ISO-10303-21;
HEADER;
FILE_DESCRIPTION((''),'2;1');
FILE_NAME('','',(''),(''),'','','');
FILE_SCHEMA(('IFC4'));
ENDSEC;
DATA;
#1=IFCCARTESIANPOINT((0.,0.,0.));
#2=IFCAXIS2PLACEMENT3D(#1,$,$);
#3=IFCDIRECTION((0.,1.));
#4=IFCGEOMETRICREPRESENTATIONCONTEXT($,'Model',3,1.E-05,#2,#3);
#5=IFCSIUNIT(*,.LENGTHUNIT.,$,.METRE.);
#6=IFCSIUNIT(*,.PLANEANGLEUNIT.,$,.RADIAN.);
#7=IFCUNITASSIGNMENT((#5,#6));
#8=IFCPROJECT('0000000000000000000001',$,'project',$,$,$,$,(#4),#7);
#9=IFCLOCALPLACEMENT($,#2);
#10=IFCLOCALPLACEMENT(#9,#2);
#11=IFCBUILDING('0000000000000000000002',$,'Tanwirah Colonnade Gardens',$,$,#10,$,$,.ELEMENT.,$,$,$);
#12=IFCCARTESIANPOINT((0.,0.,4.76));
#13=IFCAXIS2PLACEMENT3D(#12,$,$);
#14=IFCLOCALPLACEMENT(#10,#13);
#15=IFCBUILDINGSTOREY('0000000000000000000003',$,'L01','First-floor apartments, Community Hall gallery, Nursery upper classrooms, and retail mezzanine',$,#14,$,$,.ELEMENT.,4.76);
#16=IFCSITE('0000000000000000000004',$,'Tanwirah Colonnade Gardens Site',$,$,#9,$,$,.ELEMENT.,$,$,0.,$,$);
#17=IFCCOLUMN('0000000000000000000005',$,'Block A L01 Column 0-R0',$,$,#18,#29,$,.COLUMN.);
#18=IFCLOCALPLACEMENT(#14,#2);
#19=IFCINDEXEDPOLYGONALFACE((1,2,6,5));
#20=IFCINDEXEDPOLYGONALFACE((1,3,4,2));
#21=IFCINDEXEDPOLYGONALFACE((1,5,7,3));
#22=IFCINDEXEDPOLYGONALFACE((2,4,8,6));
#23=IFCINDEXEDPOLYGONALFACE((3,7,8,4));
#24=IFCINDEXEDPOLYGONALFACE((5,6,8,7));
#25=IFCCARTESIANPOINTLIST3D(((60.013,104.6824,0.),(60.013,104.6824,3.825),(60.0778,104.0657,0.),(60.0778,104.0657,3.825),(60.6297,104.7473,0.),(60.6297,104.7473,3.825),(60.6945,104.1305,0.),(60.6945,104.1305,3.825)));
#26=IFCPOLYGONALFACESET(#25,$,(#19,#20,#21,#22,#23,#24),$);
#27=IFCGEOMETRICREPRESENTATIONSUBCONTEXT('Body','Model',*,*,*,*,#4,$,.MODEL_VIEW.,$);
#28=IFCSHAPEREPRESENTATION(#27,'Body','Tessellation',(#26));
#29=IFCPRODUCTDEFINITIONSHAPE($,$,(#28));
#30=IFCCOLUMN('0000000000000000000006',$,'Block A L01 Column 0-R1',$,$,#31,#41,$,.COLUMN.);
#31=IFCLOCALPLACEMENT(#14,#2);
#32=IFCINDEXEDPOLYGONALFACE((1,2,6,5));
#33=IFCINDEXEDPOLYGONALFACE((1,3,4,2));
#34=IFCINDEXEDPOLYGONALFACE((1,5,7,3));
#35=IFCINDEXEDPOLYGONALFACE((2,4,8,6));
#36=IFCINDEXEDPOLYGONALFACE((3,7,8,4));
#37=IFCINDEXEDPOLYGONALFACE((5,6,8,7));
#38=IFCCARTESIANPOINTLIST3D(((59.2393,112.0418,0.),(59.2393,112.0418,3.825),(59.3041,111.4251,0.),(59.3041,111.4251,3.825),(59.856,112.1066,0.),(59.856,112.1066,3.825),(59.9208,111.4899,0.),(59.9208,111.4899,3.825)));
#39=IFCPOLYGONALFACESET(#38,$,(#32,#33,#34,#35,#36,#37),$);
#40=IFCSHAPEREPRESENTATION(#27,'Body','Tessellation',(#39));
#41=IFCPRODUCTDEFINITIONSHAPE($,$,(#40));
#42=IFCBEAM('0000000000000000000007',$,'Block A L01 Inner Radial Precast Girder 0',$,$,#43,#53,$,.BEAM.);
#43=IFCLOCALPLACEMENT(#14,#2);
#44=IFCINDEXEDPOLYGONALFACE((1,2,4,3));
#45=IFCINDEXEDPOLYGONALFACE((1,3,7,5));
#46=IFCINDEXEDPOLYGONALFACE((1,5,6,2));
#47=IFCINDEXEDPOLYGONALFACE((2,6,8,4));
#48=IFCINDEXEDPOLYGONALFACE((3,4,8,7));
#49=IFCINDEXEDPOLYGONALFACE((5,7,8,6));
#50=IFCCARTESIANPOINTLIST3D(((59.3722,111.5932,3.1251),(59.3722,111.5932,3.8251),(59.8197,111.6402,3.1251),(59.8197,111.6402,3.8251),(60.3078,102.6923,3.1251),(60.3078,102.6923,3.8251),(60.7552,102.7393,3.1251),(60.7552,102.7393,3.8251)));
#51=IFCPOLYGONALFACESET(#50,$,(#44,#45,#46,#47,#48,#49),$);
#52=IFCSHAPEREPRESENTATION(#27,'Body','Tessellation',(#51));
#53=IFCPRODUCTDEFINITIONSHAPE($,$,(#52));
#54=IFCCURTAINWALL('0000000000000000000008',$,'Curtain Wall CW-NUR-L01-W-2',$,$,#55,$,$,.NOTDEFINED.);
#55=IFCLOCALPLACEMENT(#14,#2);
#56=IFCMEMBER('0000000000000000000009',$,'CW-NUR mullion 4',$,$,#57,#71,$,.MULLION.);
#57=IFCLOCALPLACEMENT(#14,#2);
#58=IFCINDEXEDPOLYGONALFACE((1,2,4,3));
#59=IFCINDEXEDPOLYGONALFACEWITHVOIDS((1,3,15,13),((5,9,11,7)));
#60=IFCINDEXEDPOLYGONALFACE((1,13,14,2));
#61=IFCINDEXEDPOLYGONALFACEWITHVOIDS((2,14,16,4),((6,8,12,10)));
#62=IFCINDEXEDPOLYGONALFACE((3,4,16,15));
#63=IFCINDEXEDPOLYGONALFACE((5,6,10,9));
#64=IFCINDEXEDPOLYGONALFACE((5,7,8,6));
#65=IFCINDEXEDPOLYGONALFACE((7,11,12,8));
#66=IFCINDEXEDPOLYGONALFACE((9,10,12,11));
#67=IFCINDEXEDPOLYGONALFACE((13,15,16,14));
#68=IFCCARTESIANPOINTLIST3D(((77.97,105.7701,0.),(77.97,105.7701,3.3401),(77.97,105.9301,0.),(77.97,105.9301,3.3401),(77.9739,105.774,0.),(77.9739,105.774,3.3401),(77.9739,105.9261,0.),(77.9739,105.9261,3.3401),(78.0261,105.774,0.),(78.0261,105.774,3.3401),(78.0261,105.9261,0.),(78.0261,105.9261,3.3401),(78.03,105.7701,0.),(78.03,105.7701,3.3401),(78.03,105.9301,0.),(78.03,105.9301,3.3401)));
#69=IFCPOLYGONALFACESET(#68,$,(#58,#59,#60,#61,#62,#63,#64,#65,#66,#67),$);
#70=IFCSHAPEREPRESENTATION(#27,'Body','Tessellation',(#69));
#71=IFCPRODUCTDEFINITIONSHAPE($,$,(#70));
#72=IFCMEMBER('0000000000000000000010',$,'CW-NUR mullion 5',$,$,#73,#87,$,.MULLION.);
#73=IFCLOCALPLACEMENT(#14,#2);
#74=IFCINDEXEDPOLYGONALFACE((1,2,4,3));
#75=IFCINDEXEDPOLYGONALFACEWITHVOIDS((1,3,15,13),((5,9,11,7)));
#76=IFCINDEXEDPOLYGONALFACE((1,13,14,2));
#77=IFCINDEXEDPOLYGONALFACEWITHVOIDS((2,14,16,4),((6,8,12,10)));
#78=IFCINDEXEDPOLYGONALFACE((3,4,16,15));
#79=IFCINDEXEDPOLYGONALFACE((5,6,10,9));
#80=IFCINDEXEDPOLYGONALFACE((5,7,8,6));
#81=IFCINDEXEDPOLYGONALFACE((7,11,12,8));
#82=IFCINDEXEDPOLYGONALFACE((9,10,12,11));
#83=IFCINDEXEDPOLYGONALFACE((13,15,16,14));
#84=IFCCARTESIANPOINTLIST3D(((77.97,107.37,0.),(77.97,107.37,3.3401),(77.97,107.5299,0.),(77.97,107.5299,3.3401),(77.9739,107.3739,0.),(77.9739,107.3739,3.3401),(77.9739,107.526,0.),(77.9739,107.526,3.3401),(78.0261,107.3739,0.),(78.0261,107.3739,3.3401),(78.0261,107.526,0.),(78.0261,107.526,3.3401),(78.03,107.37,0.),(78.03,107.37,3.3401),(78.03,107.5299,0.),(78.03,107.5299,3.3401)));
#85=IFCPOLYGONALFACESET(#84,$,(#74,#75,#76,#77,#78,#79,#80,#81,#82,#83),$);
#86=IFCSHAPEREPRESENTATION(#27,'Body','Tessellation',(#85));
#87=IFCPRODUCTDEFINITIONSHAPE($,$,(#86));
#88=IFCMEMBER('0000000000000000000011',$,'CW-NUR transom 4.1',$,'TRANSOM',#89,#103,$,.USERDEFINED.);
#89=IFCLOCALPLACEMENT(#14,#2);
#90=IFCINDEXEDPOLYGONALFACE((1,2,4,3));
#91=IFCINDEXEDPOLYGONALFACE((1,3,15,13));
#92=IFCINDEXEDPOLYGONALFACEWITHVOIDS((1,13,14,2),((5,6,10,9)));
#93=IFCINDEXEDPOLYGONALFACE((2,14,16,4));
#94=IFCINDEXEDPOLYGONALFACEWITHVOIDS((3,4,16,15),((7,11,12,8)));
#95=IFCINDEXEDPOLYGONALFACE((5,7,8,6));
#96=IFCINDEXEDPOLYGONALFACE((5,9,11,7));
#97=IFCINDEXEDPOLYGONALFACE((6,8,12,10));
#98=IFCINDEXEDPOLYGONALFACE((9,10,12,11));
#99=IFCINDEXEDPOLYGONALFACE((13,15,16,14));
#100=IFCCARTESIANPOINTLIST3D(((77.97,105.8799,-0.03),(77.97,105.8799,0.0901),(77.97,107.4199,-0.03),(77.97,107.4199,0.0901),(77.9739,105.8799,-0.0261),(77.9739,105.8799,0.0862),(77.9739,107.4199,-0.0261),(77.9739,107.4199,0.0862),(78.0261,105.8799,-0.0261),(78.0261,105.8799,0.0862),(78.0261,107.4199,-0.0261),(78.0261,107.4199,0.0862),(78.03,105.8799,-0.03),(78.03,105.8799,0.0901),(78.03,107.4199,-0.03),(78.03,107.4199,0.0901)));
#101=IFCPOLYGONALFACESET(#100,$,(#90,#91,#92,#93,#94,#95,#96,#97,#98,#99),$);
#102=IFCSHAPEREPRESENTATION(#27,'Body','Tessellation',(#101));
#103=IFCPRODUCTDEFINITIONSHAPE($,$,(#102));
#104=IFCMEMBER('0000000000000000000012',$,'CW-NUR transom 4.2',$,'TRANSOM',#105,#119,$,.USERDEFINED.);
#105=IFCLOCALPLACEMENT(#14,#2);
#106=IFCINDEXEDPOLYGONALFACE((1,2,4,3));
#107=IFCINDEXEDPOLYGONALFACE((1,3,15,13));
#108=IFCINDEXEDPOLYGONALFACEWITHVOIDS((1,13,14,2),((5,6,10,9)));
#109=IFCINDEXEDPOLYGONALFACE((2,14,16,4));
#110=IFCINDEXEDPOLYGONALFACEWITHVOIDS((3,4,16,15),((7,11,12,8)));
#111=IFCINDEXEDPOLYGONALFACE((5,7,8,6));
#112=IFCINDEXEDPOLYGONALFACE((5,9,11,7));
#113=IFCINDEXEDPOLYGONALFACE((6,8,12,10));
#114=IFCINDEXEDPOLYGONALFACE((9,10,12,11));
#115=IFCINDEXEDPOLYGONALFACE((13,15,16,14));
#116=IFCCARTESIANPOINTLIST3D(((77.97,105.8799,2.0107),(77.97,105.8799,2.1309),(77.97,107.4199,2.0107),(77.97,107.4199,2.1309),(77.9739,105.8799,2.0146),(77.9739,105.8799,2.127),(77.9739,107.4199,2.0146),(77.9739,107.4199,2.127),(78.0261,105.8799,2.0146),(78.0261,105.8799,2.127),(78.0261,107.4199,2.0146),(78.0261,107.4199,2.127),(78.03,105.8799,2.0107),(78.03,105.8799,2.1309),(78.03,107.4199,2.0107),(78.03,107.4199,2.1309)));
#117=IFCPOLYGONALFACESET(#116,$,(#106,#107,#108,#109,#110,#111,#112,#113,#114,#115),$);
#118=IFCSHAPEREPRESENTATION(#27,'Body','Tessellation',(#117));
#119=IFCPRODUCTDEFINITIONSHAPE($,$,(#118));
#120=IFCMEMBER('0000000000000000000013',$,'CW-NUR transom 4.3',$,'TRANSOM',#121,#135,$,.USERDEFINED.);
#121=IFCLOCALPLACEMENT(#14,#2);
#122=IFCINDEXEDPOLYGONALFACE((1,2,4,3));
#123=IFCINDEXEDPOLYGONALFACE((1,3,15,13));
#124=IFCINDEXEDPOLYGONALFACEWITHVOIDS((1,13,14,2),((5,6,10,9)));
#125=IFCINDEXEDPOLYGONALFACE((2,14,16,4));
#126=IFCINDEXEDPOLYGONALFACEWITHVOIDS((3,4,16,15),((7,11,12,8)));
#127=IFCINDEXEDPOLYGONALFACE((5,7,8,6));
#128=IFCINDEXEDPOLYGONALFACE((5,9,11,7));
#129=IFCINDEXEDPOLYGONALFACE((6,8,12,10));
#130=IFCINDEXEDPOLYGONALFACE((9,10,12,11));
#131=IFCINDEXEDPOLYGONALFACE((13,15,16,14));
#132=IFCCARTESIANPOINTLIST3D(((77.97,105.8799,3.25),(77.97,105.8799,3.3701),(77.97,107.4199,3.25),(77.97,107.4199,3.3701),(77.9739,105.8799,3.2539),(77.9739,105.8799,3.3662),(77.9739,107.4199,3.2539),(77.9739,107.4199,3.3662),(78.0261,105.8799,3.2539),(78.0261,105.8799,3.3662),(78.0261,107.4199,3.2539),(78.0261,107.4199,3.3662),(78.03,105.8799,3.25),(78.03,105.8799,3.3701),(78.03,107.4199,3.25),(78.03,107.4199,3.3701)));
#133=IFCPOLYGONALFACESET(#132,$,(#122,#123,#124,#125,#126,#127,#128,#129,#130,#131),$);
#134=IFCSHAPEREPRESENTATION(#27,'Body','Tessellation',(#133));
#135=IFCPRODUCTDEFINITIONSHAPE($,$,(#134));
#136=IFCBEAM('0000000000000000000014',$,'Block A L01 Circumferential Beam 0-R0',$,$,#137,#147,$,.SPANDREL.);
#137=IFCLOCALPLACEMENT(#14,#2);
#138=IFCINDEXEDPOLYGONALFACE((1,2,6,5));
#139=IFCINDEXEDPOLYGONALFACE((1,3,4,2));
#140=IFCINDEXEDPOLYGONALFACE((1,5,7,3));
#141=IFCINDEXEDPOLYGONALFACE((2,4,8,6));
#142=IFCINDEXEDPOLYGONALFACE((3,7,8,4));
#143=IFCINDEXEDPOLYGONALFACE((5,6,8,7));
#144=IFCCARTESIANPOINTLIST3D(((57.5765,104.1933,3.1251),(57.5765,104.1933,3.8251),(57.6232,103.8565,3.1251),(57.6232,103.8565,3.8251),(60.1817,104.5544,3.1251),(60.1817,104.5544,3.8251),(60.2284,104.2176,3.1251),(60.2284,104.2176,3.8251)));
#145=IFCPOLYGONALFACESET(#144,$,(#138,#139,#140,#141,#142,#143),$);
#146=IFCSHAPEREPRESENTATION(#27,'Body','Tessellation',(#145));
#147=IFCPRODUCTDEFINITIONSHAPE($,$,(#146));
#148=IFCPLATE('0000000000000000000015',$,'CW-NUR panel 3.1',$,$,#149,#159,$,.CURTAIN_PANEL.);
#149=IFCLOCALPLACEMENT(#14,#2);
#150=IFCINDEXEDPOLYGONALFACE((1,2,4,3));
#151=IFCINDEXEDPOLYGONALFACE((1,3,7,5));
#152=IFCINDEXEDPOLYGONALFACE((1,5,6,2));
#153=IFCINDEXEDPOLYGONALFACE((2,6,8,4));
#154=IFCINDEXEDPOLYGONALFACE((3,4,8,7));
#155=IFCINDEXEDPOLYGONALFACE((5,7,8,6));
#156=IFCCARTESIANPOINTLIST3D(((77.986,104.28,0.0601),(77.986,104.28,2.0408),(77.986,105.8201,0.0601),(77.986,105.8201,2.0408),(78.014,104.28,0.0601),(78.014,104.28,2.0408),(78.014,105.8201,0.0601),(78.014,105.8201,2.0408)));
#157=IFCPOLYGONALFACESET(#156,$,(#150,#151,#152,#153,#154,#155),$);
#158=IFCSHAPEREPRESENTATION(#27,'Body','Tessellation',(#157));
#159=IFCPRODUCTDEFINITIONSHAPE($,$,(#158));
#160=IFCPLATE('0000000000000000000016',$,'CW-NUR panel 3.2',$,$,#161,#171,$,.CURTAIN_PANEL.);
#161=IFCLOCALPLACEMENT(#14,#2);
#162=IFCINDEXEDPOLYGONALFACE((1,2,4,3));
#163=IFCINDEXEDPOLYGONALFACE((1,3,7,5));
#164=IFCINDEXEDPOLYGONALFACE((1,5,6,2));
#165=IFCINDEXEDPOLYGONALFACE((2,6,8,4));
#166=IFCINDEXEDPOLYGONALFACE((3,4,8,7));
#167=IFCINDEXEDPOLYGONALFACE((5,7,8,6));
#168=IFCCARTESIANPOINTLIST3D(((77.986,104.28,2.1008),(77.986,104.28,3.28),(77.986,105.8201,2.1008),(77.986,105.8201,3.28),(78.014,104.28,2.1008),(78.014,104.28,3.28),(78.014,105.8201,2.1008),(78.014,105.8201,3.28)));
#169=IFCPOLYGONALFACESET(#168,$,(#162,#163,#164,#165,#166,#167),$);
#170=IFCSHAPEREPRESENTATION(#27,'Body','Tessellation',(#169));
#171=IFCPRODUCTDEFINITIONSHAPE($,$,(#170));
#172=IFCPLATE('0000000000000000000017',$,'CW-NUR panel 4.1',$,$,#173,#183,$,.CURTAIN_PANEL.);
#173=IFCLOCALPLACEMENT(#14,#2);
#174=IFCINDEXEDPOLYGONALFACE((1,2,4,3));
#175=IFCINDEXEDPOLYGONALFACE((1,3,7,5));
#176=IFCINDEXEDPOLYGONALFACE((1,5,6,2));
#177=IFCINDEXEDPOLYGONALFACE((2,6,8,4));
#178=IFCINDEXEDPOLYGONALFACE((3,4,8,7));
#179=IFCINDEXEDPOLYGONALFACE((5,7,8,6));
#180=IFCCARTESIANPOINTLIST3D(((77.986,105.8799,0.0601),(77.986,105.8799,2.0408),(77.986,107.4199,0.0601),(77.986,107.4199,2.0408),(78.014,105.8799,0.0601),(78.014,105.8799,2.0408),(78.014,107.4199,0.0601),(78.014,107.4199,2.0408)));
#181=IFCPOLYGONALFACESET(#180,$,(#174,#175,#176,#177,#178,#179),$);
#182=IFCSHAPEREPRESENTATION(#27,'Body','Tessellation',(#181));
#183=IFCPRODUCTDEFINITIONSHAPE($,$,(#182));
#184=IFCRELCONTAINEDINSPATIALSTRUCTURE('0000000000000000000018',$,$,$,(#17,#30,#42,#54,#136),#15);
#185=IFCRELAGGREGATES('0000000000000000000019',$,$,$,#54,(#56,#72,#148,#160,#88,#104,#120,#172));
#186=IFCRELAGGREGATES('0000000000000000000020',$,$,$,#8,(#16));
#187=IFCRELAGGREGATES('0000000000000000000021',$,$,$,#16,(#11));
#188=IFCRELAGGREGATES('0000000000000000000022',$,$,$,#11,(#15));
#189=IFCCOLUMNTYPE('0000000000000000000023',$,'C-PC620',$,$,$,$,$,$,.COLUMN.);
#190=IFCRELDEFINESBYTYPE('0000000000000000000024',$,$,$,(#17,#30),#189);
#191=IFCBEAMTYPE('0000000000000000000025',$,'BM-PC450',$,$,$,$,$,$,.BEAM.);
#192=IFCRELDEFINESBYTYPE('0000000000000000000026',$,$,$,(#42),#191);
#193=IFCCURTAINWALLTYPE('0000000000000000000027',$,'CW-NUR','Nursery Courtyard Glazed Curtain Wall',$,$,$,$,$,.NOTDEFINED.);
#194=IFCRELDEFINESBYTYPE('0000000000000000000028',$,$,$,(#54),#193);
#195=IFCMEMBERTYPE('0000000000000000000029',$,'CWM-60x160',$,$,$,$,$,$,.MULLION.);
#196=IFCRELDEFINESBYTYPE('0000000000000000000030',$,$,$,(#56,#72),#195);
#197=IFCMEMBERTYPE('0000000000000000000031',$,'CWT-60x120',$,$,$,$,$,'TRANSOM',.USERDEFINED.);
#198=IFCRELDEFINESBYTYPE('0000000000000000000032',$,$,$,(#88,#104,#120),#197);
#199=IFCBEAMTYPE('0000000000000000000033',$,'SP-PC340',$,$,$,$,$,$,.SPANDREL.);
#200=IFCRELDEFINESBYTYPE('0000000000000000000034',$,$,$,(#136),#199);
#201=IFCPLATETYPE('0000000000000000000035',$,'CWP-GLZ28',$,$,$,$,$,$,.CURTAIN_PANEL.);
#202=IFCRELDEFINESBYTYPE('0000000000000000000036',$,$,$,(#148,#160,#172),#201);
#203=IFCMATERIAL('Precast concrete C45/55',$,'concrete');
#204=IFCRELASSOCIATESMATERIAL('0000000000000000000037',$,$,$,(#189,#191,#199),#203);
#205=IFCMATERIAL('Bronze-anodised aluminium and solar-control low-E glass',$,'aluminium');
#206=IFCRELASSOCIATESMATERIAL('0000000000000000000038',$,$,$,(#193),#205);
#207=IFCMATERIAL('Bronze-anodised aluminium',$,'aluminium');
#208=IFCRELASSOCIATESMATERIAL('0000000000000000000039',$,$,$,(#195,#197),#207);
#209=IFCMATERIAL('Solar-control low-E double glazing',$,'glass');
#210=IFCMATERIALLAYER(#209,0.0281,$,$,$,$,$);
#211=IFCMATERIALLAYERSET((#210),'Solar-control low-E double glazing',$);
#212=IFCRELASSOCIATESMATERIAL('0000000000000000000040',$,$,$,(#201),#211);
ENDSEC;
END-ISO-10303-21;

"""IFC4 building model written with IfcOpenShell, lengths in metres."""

from ifc_helpers import new_model, si_unit, direction, frame, origin, origin_2d, place, context, subcontext, project, spatial, rectangle, hollow_rectangle, extrude, material, layer, layer_set, material_profile, profile_set, type_object, element, aggregate, save


model = new_model("IFC4")

# Units and contexts
model_context = context("Model", 3, precision=1e-05, world=origin(), true_north=direction((0.0, 1.0)))
body_context = subcontext(model_context, "Body", "Model", "MODEL_VIEW")
ifc_project = project(units=[si_unit("LENGTHUNIT", "METRE"), si_unit("PLANEANGLEUNIT", "RADIAN")], contexts=[model_context])

# Site, building, storey
site_placement = place(None, origin())
site = spatial("IfcSite", under=ifc_project, at=site_placement, Name="Tanwirah Colonnade Gardens Site", CompositionType="ELEMENT", RefElevation=0.0)
building_placement = place(site_placement, origin())
building = spatial("IfcBuilding", under=site, at=building_placement, Name="Tanwirah Colonnade Gardens", CompositionType="ELEMENT")
storey_placement = place(building_placement, frame((0.0, 0.0, 4.76)))
storey = spatial("IfcBuildingStorey", under=building, at=storey_placement, Name="L01", Description="First-floor apartments, Community Hall gallery, Nursery upper classrooms, and retail mezzanine", CompositionType="ELEMENT", Elevation=4.76)

# Columns
ifc_material_1 = material(Name="Precast concrete C45/55", Category="concrete")
ifc_material_profile_1 = material_profile(ifc_material_1, rectangle(XDim=0.6201, YDim=0.6201, at=origin_2d()), Name="PC-COL 620x620")
ifc_profile_set_1 = profile_set([ifc_material_profile_1], Name="Precast concrete C45/55")
column_type = type_object("IfcColumnType", Name="C-PC620", PredefinedType="COLUMN", material=ifc_profile_set_1)
for number, where, z_axis, x_axis, name in (
    (1, (60.3538, 104.4065, 0.0), (0.0, 0.0, 1.0), (-0.104528, 0.994522, 0.0), "Block A L01 Column 0-R0"),
    (2, (59.5801, 111.7659, 0.0), (0.0, 0.0, 1.0), (-0.104528, 0.994522, 0.0), "Block A L01 Column 0-R1"),
):
    element("IfcColumn", number, at=place(storey_placement, frame(where, z_axis=z_axis, x_axis=x_axis)), inside=storey, type_object=column_type, Name=name, PredefinedType="COLUMN", context=body_context, shape_type="SweptSolid", body=[
        extrude(rectangle(XDim=0.6201, YDim=0.6201, at=origin_2d()), origin(), (0.0, 0.0, 1.0), 3.825),
    ])

# Beam
ifc_material_profile_2 = material_profile(ifc_material_1, rectangle(XDim=0.45, YDim=0.7, at=origin_2d()), Name="PC-BM 450x700")
ifc_profile_set_2 = profile_set([ifc_material_profile_2], Name="Precast concrete C45/55")
beam_type_1 = type_object("IfcBeamType", Name="BM-PC450", PredefinedType="BEAM", material=ifc_profile_set_2)
beam_1_placement = place(storey_placement, frame((59.5959, 111.6167, 3.4751), z_axis=(0.104531, -0.994522, 0.0), x_axis=(0.994522, 0.104531, 0.0)))
element("IfcBeam", 3, at=beam_1_placement, inside=storey, type_object=beam_type_1, Name="Block A L01 Inner Radial Precast Girder 0", PredefinedType="BEAM", context=body_context, shape_type="SweptSolid", body=[
    extrude(rectangle(XDim=0.45, YDim=0.7, at=origin_2d()), origin(), (0.0, 0.0, 1.0), 8.95),
])

# Curtain wall, members
ifc_material_2 = material(Name="Bronze-anodised aluminium and solar-control low-E glass", Category="aluminium")
curtain_wall_type = type_object("IfcCurtainWallType", Name="CW-NUR", Description="Nursery Courtyard Glazed Curtain Wall", PredefinedType="NOTDEFINED", material=ifc_material_2)
curtain_wall_placement = place(storey_placement, origin())
curtain_wall = element("IfcCurtainWall", 4, at=curtain_wall_placement, inside=storey, type_object=curtain_wall_type, Name="Curtain Wall CW-NUR-L01-W-2", PredefinedType="NOTDEFINED")
ifc_material_3 = material(Name="Bronze-anodised aluminium", Category="aluminium")
ifc_material_profile_3 = material_profile(ifc_material_3, hollow_rectangle(XDim=0.0601, YDim=0.1599, WallThickness=0.0039, at=origin_2d()), Name="CW-MUL 60x160x4")
ifc_profile_set_3 = profile_set([ifc_material_profile_3], Name="Bronze-anodised aluminium")
member_type_1 = type_object("IfcMemberType", Name="CWM-60x160", PredefinedType="MULLION", material=ifc_profile_set_3)
member_1_placement = place(storey_placement, frame((78.0, 105.8501, 0.0), z_axis=(0.0, 0.0, 1.0), x_axis=(-1.0, 0.0, 0.0)))
member_1 = element("IfcMember", 5, at=member_1_placement, type_object=member_type_1, Name="CW-NUR mullion 4", PredefinedType="MULLION", context=body_context, shape_type="SweptSolid", body=[
    extrude(hollow_rectangle(XDim=0.0601, YDim=0.1599, WallThickness=0.0039, at=origin_2d()), origin(), (0.0, 0.0, 1.0), 3.3401),
])
member_2_placement = place(storey_placement, frame((78.0, 107.45, 0.0), z_axis=(0.0, 0.0, 1.0), x_axis=(-1.0, 0.0, 0.0)))
member_2 = element("IfcMember", 6, at=member_2_placement, type_object=member_type_1, Name="CW-NUR mullion 5", PredefinedType="MULLION", context=body_context, shape_type="SweptSolid", body=[
    extrude(hollow_rectangle(XDim=0.0601, YDim=0.1599, WallThickness=0.0039, at=origin_2d()), origin(), (0.0, 0.0, 1.0), 3.3401),
])
ifc_material_profile_4 = material_profile(ifc_material_3, hollow_rectangle(XDim=0.0601, YDim=0.1201, WallThickness=0.0039, at=origin_2d()), Name="CW-TRN 60x120x4")
ifc_profile_set_4 = profile_set([ifc_material_profile_4], Name="Bronze-anodised aluminium")
member_type_2 = type_object("IfcMemberType", Name="CWT-60x120", ElementType="TRANSOM", PredefinedType="USERDEFINED", material=ifc_profile_set_4)
member_3_placement = place(storey_placement, frame((78.0, 105.8799, 0.03), z_axis=(0.0, 1.0, 0.0), x_axis=(-1.0, 0.0, 0.0)))
member_3 = element("IfcMember", 7, at=member_3_placement, type_object=member_type_2, Name="CW-NUR transom 4.1", ObjectType="TRANSOM", PredefinedType="USERDEFINED", context=body_context, shape_type="SweptSolid", body=[
    extrude(hollow_rectangle(XDim=0.0601, YDim=0.1201, WallThickness=0.0039, at=origin_2d()), origin(), (0.0, 0.0, 1.0), 1.54),
])
member_4_placement = place(storey_placement, frame((78.0, 105.8799, 2.0708), z_axis=(0.0, 1.0, 0.0), x_axis=(-1.0, 0.0, 0.0)))
member_4 = element("IfcMember", 8, at=member_4_placement, type_object=member_type_2, Name="CW-NUR transom 4.2", ObjectType="TRANSOM", PredefinedType="USERDEFINED", context=body_context, shape_type="SweptSolid", body=[
    extrude(hollow_rectangle(XDim=0.0601, YDim=0.1201, WallThickness=0.0039, at=origin_2d()), origin(), (0.0, 0.0, 1.0), 1.54),
])
member_5_placement = place(storey_placement, frame((78.0, 105.8799, 3.3101), z_axis=(0.0, 1.0, 0.0), x_axis=(-1.0, 0.0, 0.0)))
member_5 = element("IfcMember", 9, at=member_5_placement, type_object=member_type_2, Name="CW-NUR transom 4.3", ObjectType="TRANSOM", PredefinedType="USERDEFINED", context=body_context, shape_type="SweptSolid", body=[
    extrude(hollow_rectangle(XDim=0.0601, YDim=0.1201, WallThickness=0.0039, at=origin_2d()), origin(), (0.0, 0.0, 1.0), 1.54),
])

# Beam
ifc_material_profile_5 = material_profile(ifc_material_1, rectangle(XDim=0.3401, YDim=0.7, at=origin_2d()), Name="PC-SP 340x700")
ifc_profile_set_5 = profile_set([ifc_material_profile_5], Name="Precast concrete C45/55")
beam_type_2 = type_object("IfcBeamType", Name="SP-PC340", PredefinedType="SPANDREL", material=ifc_profile_set_5)
beam_2_placement = place(storey_placement, frame((60.2051, 104.386, 3.4751), z_axis=(-0.990531, -0.137288, 0.0), x_axis=(0.137288, -0.990531, 0.0)))
element("IfcBeam", 10, at=beam_2_placement, inside=storey, type_object=beam_type_2, Name="Block A L01 Circumferential Beam 0-R0", PredefinedType="SPANDREL", context=body_context, shape_type="SweptSolid", body=[
    extrude(rectangle(XDim=0.3401, YDim=0.7, at=origin_2d()), origin(), (0.0, 0.0, 1.0), 2.6301),
])

# Plates
ifc_material_4 = material(Name="Solar-control low-E double glazing", Category="glass")
ifc_layer_1 = layer(ifc_material_4, 0.0281)
ifc_layer_set_1 = layer_set([ifc_layer_1], Name="Solar-control low-E double glazing")
plate_type = type_object("IfcPlateType", Name="CWP-GLZ28", PredefinedType="CURTAIN_PANEL", material=ifc_layer_set_1)
plate_1_placement = place(storey_placement, frame((78.0, 105.05, 0.0601), z_axis=(0.0, 0.0, 1.0), x_axis=(0.0, 1.0, 0.0)))
plate_1 = element("IfcPlate", 11, at=plate_1_placement, type_object=plate_type, Name="CW-NUR panel 3.1", PredefinedType="CURTAIN_PANEL", context=body_context, shape_type="SweptSolid", body=[
    extrude(rectangle(XDim=1.54, YDim=0.0281, at=origin_2d()), origin(), (0.0, 0.0, 1.0), 1.9807),
])
plate_2_placement = place(storey_placement, frame((78.0, 105.05, 2.1008), z_axis=(0.0, 0.0, 1.0), x_axis=(0.0, 1.0, 0.0)))
plate_2 = element("IfcPlate", 12, at=plate_2_placement, type_object=plate_type, Name="CW-NUR panel 3.2", PredefinedType="CURTAIN_PANEL", context=body_context, shape_type="SweptSolid", body=[
    extrude(rectangle(XDim=1.54, YDim=0.0281, at=origin_2d()), origin(), (0.0, 0.0, 1.0), 1.1792),
])
plate_3_placement = place(storey_placement, frame((78.0, 106.6499, 0.0601), z_axis=(0.0, 0.0, 1.0), x_axis=(0.0, 1.0, 0.0)))
plate_3 = element("IfcPlate", 13, at=plate_3_placement, type_object=plate_type, Name="CW-NUR panel 4.1", PredefinedType="CURTAIN_PANEL", context=body_context, shape_type="SweptSolid", body=[
    extrude(rectangle(XDim=1.54, YDim=0.0281, at=origin_2d()), origin(), (0.0, 0.0, 1.0), 1.9807),
])
aggregate(curtain_wall, [member_1, member_2, plate_1, plate_2, member_3, member_4, member_5, plate_3])

save(model, "model.ifc")
